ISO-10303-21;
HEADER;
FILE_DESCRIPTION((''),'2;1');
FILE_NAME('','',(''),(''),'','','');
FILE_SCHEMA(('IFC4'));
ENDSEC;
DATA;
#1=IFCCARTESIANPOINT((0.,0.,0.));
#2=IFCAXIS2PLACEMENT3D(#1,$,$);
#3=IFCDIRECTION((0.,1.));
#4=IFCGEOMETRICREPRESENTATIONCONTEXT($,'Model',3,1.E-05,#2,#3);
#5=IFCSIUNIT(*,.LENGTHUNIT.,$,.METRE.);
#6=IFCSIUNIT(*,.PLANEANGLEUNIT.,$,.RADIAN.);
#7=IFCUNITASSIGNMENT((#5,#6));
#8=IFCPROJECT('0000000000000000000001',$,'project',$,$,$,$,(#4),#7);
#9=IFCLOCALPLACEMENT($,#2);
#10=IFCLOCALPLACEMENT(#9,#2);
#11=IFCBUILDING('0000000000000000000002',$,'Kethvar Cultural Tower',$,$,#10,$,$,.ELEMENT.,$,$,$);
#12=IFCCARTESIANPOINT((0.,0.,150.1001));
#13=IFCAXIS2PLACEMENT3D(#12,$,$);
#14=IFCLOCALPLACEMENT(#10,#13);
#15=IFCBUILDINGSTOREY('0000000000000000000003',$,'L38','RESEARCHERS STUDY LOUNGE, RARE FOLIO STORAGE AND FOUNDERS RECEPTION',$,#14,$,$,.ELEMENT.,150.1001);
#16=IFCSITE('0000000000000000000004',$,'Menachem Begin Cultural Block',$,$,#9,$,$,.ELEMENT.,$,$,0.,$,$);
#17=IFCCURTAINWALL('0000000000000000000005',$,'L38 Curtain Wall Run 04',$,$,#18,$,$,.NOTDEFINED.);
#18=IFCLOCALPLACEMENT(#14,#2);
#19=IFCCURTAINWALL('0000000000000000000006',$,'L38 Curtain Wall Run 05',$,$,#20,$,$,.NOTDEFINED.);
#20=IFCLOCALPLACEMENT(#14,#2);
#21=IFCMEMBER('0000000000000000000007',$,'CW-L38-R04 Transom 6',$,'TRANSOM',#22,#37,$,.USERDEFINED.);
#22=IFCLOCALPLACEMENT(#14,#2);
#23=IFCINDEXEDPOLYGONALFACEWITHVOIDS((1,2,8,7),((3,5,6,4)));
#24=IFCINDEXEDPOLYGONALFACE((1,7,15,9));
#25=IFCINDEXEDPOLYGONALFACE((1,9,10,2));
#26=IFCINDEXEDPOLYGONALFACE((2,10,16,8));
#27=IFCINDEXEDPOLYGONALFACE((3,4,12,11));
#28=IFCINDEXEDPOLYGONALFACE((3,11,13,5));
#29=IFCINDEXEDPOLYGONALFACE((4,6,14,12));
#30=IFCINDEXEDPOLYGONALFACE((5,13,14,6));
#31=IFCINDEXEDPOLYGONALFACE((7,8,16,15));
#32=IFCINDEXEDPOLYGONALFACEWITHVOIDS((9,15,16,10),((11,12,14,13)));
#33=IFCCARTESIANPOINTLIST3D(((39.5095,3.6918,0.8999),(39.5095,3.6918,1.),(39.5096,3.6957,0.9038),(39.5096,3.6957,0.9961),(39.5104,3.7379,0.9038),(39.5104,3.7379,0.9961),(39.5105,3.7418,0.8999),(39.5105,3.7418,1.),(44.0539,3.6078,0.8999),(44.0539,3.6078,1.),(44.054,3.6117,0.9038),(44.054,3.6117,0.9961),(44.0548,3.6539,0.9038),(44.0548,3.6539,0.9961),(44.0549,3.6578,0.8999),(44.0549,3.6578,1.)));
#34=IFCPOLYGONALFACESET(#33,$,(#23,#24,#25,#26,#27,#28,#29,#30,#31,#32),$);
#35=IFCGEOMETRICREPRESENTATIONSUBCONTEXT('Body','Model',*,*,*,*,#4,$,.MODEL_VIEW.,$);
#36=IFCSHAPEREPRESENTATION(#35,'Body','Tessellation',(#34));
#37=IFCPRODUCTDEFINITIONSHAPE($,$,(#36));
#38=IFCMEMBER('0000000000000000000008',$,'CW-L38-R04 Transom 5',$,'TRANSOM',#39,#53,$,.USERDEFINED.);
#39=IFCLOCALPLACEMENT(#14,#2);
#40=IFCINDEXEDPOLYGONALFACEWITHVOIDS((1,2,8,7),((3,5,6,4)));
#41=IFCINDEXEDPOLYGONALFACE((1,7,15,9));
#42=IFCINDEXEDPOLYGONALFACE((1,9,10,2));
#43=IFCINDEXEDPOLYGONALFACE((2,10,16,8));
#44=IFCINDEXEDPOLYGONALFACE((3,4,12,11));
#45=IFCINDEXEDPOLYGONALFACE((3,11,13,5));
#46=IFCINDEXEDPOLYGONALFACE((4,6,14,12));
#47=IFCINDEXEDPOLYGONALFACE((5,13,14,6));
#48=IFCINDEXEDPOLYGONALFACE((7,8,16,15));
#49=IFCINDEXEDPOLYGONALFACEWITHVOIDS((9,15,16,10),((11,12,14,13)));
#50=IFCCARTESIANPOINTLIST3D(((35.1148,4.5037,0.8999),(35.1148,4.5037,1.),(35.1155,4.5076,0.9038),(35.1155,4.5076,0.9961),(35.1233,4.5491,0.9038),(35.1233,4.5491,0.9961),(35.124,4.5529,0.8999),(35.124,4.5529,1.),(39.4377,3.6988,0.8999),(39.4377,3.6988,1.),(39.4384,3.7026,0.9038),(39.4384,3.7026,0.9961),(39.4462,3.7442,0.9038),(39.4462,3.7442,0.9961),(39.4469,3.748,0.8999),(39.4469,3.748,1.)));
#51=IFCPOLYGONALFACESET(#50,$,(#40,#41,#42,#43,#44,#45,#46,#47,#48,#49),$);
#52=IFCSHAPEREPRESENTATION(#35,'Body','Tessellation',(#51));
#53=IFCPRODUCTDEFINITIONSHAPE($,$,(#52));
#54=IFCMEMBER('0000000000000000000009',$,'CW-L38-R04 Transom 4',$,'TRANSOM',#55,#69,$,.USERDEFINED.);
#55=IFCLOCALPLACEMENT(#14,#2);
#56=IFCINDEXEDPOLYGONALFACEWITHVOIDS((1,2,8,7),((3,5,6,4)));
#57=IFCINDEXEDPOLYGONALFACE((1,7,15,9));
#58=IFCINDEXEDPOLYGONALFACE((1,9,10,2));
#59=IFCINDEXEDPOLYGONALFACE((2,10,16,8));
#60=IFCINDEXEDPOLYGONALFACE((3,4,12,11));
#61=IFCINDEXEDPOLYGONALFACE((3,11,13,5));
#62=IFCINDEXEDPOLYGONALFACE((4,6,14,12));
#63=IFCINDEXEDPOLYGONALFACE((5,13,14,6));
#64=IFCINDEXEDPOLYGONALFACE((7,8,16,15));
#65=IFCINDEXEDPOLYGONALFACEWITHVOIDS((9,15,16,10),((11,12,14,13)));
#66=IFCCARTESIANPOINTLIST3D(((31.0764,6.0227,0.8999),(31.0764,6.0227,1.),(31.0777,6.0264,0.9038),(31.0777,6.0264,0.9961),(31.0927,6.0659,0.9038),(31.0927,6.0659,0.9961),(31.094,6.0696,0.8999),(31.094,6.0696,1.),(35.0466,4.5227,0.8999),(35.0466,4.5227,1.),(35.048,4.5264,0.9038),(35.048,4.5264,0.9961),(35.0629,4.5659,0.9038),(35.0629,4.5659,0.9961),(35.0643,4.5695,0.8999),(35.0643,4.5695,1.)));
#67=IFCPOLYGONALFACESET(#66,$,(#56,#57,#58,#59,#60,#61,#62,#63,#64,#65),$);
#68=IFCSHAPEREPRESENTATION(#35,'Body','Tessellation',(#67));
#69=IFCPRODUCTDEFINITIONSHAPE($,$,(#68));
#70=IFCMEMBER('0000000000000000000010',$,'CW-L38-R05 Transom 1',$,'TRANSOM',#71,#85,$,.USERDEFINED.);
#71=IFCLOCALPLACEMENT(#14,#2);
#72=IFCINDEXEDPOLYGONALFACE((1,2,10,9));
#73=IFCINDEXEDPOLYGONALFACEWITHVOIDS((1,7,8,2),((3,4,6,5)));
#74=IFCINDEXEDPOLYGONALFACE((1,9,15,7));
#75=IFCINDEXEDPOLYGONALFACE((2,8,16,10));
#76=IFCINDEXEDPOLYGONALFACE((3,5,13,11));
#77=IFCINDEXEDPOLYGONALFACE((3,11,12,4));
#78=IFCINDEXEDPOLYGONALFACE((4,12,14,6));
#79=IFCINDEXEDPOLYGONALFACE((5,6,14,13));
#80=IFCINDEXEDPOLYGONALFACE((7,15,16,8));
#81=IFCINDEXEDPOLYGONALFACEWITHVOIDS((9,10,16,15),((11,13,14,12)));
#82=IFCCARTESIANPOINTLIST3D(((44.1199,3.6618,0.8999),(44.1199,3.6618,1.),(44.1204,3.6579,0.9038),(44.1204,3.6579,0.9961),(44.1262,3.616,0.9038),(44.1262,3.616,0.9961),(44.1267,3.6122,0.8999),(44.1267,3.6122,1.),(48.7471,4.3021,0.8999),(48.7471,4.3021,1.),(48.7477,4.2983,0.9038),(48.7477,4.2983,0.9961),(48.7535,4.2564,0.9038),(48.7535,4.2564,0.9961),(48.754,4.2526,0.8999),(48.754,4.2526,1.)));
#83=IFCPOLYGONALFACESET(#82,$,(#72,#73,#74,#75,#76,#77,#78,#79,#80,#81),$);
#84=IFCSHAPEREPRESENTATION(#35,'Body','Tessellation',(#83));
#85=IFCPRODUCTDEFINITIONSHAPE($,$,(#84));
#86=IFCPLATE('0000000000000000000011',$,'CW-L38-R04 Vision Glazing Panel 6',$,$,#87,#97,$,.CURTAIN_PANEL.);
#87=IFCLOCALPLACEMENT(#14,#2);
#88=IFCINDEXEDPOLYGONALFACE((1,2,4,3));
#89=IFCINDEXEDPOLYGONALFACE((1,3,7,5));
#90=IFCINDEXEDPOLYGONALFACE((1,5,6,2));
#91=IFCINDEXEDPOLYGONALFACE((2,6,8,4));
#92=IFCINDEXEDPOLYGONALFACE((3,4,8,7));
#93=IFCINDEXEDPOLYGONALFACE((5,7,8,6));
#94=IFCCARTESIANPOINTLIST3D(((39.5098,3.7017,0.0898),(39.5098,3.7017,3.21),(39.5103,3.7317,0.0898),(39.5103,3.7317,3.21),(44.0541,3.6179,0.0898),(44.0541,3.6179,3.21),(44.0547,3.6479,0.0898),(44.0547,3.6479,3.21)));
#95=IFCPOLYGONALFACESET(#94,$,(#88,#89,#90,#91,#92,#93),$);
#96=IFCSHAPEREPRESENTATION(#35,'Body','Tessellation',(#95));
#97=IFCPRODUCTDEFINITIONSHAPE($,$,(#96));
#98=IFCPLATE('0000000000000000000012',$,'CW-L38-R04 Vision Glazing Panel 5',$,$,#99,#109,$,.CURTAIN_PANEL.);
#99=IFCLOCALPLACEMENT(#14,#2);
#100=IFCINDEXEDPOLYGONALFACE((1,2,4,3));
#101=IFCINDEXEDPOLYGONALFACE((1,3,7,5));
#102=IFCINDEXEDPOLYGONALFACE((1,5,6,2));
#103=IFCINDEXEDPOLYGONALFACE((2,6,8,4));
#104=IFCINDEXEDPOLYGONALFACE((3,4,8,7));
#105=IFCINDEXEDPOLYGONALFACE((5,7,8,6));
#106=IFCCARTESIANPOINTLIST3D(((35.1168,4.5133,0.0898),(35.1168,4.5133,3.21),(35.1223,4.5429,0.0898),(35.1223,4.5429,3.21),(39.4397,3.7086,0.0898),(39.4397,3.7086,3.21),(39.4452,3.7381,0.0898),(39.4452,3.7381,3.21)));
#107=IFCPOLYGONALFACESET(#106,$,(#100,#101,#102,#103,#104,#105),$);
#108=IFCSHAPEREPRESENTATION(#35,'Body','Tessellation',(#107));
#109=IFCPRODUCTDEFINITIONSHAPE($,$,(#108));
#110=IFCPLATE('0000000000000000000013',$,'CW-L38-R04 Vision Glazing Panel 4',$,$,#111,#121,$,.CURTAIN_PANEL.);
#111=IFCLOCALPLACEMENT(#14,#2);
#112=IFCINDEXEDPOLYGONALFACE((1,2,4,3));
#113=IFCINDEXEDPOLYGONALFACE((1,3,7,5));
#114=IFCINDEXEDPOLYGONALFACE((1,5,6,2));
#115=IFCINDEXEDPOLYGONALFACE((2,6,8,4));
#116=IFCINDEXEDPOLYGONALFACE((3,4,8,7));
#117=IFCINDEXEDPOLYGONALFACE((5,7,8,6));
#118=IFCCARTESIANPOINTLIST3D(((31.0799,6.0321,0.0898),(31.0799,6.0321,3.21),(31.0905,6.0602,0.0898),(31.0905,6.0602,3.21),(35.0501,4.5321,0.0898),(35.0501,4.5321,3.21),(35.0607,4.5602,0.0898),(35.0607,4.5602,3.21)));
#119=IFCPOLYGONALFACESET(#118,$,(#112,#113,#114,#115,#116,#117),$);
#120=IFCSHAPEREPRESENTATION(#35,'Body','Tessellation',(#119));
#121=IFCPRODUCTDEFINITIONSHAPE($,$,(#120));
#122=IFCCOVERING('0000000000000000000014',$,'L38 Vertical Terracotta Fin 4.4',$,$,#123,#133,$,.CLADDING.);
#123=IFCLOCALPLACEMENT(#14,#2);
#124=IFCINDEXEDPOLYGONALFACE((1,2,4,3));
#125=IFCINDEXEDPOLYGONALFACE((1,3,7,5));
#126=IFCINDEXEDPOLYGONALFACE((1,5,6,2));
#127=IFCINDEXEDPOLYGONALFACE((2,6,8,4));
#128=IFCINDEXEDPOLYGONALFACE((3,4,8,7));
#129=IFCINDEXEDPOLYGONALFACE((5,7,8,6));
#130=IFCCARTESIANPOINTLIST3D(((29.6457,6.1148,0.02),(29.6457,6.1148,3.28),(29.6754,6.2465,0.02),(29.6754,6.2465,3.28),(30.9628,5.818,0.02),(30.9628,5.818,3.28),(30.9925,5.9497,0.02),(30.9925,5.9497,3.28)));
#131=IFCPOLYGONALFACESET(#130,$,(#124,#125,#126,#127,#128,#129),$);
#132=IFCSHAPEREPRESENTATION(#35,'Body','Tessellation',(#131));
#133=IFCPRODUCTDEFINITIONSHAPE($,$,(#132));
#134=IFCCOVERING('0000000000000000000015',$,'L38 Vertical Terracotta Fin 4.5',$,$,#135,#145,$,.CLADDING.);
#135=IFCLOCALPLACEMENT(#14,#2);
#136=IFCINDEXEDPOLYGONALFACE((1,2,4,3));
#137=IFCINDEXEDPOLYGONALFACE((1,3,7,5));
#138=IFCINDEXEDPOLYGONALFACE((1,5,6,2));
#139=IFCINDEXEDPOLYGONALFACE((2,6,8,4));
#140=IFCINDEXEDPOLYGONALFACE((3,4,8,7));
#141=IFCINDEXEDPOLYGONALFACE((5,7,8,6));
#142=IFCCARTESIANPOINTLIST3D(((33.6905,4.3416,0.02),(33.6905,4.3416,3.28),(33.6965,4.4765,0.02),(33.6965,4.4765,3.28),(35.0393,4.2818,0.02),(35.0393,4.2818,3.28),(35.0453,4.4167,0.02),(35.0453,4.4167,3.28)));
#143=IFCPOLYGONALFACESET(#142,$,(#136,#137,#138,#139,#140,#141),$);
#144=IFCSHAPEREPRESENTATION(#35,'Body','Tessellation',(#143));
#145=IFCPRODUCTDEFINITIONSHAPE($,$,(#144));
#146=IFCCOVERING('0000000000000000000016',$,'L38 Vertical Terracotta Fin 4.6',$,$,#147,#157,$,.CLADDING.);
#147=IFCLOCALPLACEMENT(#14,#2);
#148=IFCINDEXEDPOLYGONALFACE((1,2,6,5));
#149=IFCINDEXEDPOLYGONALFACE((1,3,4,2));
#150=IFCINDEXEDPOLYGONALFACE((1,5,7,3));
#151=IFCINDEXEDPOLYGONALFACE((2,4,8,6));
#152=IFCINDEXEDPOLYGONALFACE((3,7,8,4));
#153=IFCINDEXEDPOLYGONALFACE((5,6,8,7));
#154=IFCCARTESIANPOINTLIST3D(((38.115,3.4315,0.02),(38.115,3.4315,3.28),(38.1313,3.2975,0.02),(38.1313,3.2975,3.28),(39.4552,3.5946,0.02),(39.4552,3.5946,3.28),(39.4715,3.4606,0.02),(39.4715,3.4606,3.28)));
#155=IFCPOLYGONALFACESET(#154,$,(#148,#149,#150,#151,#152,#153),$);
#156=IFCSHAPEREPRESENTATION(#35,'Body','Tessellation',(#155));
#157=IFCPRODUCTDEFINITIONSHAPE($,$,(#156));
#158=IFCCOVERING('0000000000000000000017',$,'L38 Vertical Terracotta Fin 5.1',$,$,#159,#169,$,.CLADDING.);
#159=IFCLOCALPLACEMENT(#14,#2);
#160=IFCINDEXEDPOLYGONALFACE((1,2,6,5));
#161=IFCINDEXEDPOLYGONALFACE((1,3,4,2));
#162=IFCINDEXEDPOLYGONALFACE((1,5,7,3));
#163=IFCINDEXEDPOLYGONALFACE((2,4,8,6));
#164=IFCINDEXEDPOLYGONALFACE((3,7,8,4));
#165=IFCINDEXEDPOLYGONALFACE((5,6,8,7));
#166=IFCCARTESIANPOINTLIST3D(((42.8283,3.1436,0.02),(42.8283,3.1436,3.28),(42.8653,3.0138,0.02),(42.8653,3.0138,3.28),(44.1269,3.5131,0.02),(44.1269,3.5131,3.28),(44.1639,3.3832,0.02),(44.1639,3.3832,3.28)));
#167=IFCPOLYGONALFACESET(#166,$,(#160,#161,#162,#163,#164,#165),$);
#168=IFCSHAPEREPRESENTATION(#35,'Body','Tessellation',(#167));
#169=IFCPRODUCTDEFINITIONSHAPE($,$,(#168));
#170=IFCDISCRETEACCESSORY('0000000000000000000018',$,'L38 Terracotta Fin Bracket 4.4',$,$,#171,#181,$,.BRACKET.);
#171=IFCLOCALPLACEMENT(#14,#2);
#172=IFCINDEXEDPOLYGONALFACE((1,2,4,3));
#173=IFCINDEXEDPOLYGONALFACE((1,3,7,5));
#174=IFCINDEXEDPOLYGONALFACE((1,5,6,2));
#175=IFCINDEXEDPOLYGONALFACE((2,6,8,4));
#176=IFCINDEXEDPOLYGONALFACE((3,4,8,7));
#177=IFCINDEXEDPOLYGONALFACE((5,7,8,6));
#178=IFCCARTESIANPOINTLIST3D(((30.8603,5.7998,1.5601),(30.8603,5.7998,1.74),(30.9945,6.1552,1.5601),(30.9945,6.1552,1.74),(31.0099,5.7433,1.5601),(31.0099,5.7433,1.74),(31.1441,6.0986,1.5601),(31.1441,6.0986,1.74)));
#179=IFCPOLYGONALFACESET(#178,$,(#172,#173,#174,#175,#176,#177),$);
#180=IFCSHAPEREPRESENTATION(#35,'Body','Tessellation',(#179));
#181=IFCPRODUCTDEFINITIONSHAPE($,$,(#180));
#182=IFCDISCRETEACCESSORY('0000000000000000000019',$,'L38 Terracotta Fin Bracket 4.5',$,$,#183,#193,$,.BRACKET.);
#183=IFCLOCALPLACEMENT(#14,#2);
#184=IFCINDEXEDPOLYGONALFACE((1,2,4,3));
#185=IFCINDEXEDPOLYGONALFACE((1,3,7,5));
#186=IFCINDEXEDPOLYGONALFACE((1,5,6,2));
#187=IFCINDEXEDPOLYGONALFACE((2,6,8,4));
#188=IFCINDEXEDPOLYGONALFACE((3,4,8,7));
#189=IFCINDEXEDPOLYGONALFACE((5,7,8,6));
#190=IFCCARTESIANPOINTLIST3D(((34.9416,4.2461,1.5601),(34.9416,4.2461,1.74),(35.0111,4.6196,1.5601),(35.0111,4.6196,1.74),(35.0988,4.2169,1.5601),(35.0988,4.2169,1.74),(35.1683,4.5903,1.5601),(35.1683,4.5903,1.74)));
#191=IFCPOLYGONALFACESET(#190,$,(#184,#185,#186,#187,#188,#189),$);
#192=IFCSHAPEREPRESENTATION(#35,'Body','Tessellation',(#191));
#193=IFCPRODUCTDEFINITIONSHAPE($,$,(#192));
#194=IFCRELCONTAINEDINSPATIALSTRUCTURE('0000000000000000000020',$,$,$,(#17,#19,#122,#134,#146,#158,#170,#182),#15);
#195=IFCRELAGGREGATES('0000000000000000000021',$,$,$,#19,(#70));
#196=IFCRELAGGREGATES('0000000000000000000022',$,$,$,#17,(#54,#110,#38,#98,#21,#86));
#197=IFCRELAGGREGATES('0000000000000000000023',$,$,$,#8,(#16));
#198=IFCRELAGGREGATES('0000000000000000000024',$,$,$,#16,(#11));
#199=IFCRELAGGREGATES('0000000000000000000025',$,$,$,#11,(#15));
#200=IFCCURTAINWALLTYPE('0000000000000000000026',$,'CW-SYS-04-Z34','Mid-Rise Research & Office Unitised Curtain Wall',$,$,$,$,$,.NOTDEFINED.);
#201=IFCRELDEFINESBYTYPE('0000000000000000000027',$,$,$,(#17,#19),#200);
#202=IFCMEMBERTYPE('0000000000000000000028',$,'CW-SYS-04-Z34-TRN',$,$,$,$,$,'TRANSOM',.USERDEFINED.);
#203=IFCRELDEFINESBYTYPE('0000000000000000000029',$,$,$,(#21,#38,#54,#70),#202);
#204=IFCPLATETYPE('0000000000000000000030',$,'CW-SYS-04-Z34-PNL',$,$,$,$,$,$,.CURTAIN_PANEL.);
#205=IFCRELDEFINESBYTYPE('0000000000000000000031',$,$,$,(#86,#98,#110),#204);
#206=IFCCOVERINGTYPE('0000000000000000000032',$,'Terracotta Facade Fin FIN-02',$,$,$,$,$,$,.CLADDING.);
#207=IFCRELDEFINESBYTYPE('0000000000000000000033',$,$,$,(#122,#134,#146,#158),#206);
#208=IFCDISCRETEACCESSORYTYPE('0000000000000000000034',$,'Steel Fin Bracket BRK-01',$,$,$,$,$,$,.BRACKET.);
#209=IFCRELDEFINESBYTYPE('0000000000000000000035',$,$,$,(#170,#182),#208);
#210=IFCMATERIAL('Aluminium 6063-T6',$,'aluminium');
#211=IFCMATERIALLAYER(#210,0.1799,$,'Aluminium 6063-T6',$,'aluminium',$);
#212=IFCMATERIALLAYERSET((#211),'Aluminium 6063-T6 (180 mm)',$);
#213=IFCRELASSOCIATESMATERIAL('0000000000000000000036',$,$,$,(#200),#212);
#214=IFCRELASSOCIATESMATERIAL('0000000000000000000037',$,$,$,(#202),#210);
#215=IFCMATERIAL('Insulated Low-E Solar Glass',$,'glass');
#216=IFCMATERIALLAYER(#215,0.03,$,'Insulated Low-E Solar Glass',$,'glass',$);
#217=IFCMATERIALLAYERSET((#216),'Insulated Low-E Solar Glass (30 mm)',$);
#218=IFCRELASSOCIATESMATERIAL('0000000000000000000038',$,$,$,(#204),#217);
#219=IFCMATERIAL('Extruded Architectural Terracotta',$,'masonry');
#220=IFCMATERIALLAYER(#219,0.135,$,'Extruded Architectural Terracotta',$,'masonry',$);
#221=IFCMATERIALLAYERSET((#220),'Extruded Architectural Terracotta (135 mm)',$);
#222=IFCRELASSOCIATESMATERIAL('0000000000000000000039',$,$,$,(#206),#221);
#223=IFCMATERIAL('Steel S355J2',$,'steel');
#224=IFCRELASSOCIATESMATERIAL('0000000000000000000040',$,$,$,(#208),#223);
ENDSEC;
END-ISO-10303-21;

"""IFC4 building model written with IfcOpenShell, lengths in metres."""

from ifc_helpers import new_model, si_unit, direction, frame, origin, origin_2d, place, context, subcontext, project, spatial, rectangle, hollow_rectangle, extrude, source, transform, mapped, material, layer, layer_set, material_profile, profile_set, type_object, element, aggregate, save


model = new_model("IFC4")

# Units and contexts
model_context = context("Model", 3, precision=1e-05, world=origin(), true_north=direction((0.0, 1.0)))
body_context = subcontext(model_context, "Body", "Model", "MODEL_VIEW")
ifc_project = project(units=[si_unit("LENGTHUNIT", "METRE"), si_unit("PLANEANGLEUNIT", "RADIAN")], contexts=[model_context])

# Site, building, storey
site_placement = place(None, origin())
site = spatial("IfcSite", under=ifc_project, at=site_placement, Name="Menachem Begin Cultural Block", CompositionType="ELEMENT", RefElevation=0.0)
building_placement = place(site_placement, origin())
building = spatial("IfcBuilding", under=site, at=building_placement, Name="Kethvar Cultural Tower", CompositionType="ELEMENT")
storey_placement = place(building_placement, frame((0.0, 0.0, 150.1001)))
storey = spatial("IfcBuildingStorey", under=building, at=storey_placement, Name="L38", Description="RESEARCHERS STUDY LOUNGE, RARE FOLIO STORAGE AND FOUNDERS RECEPTION", CompositionType="ELEMENT", Elevation=150.1001)

# Shared definitions
ifc_material_1 = material(Name="Steel S355J2", Category="steel")

# Curtain wall
ifc_material_2 = material(Name="Aluminium 6063-T6", Category="aluminium")
ifc_layer_1 = layer(ifc_material_2, 0.1799, Name="Aluminium 6063-T6", Category="aluminium")
ifc_layer_set_1 = layer_set([ifc_layer_1], Name="Aluminium 6063-T6 (180 mm)")
curtain_wall_type = type_object("IfcCurtainWallType", Name="CW-SYS-04-Z34", Description="Mid-Rise Research & Office Unitised Curtain Wall", PredefinedType="NOTDEFINED", material=ifc_layer_set_1)
curtain_wall_1_placement = place(storey_placement, origin())
curtain_wall_1 = element("IfcCurtainWall", 1, at=curtain_wall_1_placement, inside=storey, type_object=curtain_wall_type, Name="L38 Curtain Wall Run 04", PredefinedType="NOTDEFINED")

# Curtain wall
curtain_wall_2_placement = place(storey_placement, origin())
curtain_wall_2 = element("IfcCurtainWall", 2, at=curtain_wall_2_placement, inside=storey, type_object=curtain_wall_type, Name="L38 Curtain Wall Run 05", PredefinedType="NOTDEFINED")

# Members
ifc_material_profile_1 = material_profile(ifc_material_2, hollow_rectangle(XDim=0.05, YDim=0.1001, WallThickness=0.0039, at=origin_2d()), Name="Aluminium 6063-T6 — RHS100x50x4")
ifc_profile_set_1 = profile_set([ifc_material_profile_1], Name="Aluminium 6063-T6 — RHS100x50x4")
member_type_1 = type_object("IfcMemberType", Name="CW-SYS-04-Z34-TRN", ElementType="TRANSOM", PredefinedType="USERDEFINED", material=ifc_profile_set_1)
shared_shape_1 = source(origin(), body_context, "Body", "SweptSolid", [
    extrude(hollow_rectangle(XDim=0.05, YDim=0.1001, WallThickness=0.0039, at=origin_2d()), origin(), (0.0, 0.0, 1.0), 4.5452),
])
member_1_placement = place(storey_placement, frame((39.51, 3.7168, 0.95), z_axis=(0.999829, -0.018478, 0.0), x_axis=(0.018478, 0.999829, 0.0)))
member_1 = element("IfcMember", 3, at=member_1_placement, type_object=member_type_1, Name="CW-L38-R04 Transom 6", ObjectType="TRANSOM", PredefinedType="USERDEFINED", context=body_context, shape_type="MappedRepresentation", body=[
    mapped(shared_shape_1, transform((0.0, 0.0, 0.0), scale=1.0)),
])
shared_shape_2 = source(origin(), body_context, "Body", "SweptSolid", [
    extrude(hollow_rectangle(XDim=0.05, YDim=0.1001, WallThickness=0.0039, at=origin_2d()), origin(), (0.0, 0.0, 1.0), 4.3972),
])
member_2_placement = place(storey_placement, frame((35.1194, 4.5283, 0.95), z_axis=(0.983103, -0.183051, 0.0), x_axis=(0.183051, 0.983103, 0.0)))
member_2 = element("IfcMember", 4, at=member_2_placement, type_object=member_type_1, Name="CW-L38-R04 Transom 5", ObjectType="TRANSOM", PredefinedType="USERDEFINED", context=body_context, shape_type="MappedRepresentation", body=[
    mapped(shared_shape_2, transform((0.0, 0.0, 0.0), scale=1.0)),
])
shared_shape_3 = source(origin(), body_context, "Body", "SweptSolid", [
    extrude(hollow_rectangle(XDim=0.05, YDim=0.1001, WallThickness=0.0039, at=origin_2d()), origin(), (0.0, 0.0, 1.0), 4.2441),
])
member_3_placement = place(storey_placement, frame((31.0852, 6.0461, 0.95), z_axis=(0.935461, -0.35343, 0.0), x_axis=(0.35343, 0.935461, 0.0)))
member_3 = element("IfcMember", 5, at=member_3_placement, type_object=member_type_1, Name="CW-L38-R04 Transom 4", ObjectType="TRANSOM", PredefinedType="USERDEFINED", context=body_context, shape_type="MappedRepresentation", body=[
    mapped(shared_shape_3, transform((0.0, 0.0, 0.0), scale=1.0)),
])
shared_shape_4 = source(origin(), body_context, "Body", "SweptSolid", [
    extrude(hollow_rectangle(XDim=0.05, YDim=0.1001, WallThickness=0.0039, at=origin_2d()), origin(), (0.0, 0.0, 1.0), 4.6714),
])
member_4_placement = place(storey_placement, frame((44.1233, 3.637, 0.95), z_axis=(0.990559, 0.137088, 0.0), x_axis=(-0.137088, 0.990559, 0.0)))
member_4 = element("IfcMember", 6, at=member_4_placement, type_object=member_type_1, Name="CW-L38-R05 Transom 1", ObjectType="TRANSOM", PredefinedType="USERDEFINED", context=body_context, shape_type="MappedRepresentation", body=[
    mapped(shared_shape_4, transform((0.0, 0.0, 0.0), scale=1.0)),
])
aggregate(curtain_wall_2, [member_4])

# Plates
ifc_material_3 = material(Name="Insulated Low-E Solar Glass", Category="glass")
ifc_layer_2 = layer(ifc_material_3, 0.03, Name="Insulated Low-E Solar Glass", Category="glass")
ifc_layer_set_2 = layer_set([ifc_layer_2], Name="Insulated Low-E Solar Glass (30 mm)")
plate_type = type_object("IfcPlateType", Name="CW-SYS-04-Z34-PNL", PredefinedType="CURTAIN_PANEL", material=ifc_layer_set_2)
shared_shape_5 = source(origin(), body_context, "Body", "SweptSolid", [
    extrude(rectangle(XDim=4.5452, YDim=0.03, at=origin_2d()), origin(), (0.0, 0.0, 1.0), 3.1201),
])
plate_1_placement = place(storey_placement, frame((41.7822, 3.6748, 0.0898), z_axis=(0.0, 0.0, 1.0), x_axis=(0.99983, -0.018447, 0.0)))
plate_1 = element("IfcPlate", 7, at=plate_1_placement, type_object=plate_type, Name="CW-L38-R04 Vision Glazing Panel 6", PredefinedType="CURTAIN_PANEL", context=body_context, shape_type="MappedRepresentation", body=[
    mapped(shared_shape_5, transform((0.0, 0.0, 0.0), scale=1.0)),
])
shared_shape_6 = source(origin(), body_context, "Body", "SweptSolid", [
    extrude(rectangle(XDim=4.3972, YDim=0.03, at=origin_2d()), origin(), (0.0, 0.0, 1.0), 3.1201),
])
plate_2_placement = place(storey_placement, frame((37.281, 4.1257, 0.0898), z_axis=(0.0, 0.0, 1.0), x_axis=(0.983111, -0.183008, 0.0)))
plate_2 = element("IfcPlate", 8, at=plate_2_placement, type_object=plate_type, Name="CW-L38-R04 Vision Glazing Panel 5", PredefinedType="CURTAIN_PANEL", context=body_context, shape_type="MappedRepresentation", body=[
    mapped(shared_shape_6, transform((0.0, 0.0, 0.0), scale=1.0)),
])
shared_shape_7 = source(origin(), body_context, "Body", "SweptSolid", [
    extrude(rectangle(XDim=4.2441, YDim=0.03, at=origin_2d()), origin(), (0.0, 0.0, 1.0), 3.1201),
])
plate_3_placement = place(storey_placement, frame((33.0703, 5.2961, 0.0898), z_axis=(0.0, 0.0, 1.0), x_axis=(0.935456, -0.353442, 0.0)))
plate_3 = element("IfcPlate", 9, at=plate_3_placement, type_object=plate_type, Name="CW-L38-R04 Vision Glazing Panel 4", PredefinedType="CURTAIN_PANEL", context=body_context, shape_type="MappedRepresentation", body=[
    mapped(shared_shape_7, transform((0.0, 0.0, 0.0), scale=1.0)),
])
aggregate(curtain_wall_1, [member_3, plate_3, member_2, plate_2, member_1, plate_1])

# Coverings
ifc_material_4 = material(Name="Extruded Architectural Terracotta", Category="masonry")
ifc_layer_3 = layer(ifc_material_4, 0.135, Name="Extruded Architectural Terracotta", Category="masonry")
ifc_layer_set_3 = layer_set([ifc_layer_3], Name="Extruded Architectural Terracotta (135 mm)")
covering_type = type_object("IfcCoveringType", Name="Terracotta Facade Fin FIN-02", PredefinedType="CLADDING", material=ifc_layer_set_3)
shared_shape_8 = source(origin(), body_context, "Body", "SweptSolid", [
    extrude(rectangle(XDim=1.3501, YDim=0.135, at=origin_2d()), origin(), (0.0, 0.0, 1.0), 3.26),
])
for number, where, z_axis, x_axis, name in (
    (10, (30.3191, 6.0322, 0.02), (0.0, 0.0, 1.0), (-0.975535, 0.219846, 0.0), "L38 Vertical Terracotta Fin 4.4"),
    (11, (34.3679, 4.3792, 0.02), (0.0, 0.0, 1.0), (-0.999018, 0.044317, 0.0), "L38 Vertical Terracotta Fin 4.5"),
    (12, (38.7932, 3.446, 0.02), (0.0, 0.0, 1.0), (-0.992673, -0.12083, 0.0), "L38 Vertical Terracotta Fin 4.6"),
    (13, (43.4961, 3.2634, 0.02), (0.0, 0.0, 1.0), (-0.961837, -0.273623, 0.0), "L38 Vertical Terracotta Fin 5.1"),
):
    element("IfcCovering", number, at=place(storey_placement, frame(where, z_axis=z_axis, x_axis=x_axis)), inside=storey, type_object=covering_type, Name=name, PredefinedType="CLADDING", context=body_context, shape_type="MappedRepresentation", body=[
        mapped(shared_shape_8, transform((0.0, 0.0, 0.0), scale=1.0)),
    ])

# Discrete accessories
discrete_accessory_type = type_object("IfcDiscreteAccessoryType", Name="Steel Fin Bracket BRK-01", PredefinedType="BRACKET", material=ifc_material_1)
shared_shape_9 = source(origin(), body_context, "Body", "SweptSolid", [
    extrude(rectangle(XDim=0.3799, YDim=0.1599, at=origin_2d()), origin(), (0.0, 0.0, 1.0), 0.1799),
])
for number, where, z_axis, x_axis, name in (
    (14, (31.0022, 5.9492, 1.5601), (0.0, 0.0, 1.0), (-0.353475, -0.935444, 0.0), "L38 Terracotta Fin Bracket 4.4"),
    (15, (35.0549, 4.4182, 1.5601), (0.0, 0.0, 1.0), (-0.182922, -0.983127, 0.0), "L38 Terracotta Fin Bracket 4.5"),
):
    element("IfcDiscreteAccessory", number, at=place(storey_placement, frame(where, z_axis=z_axis, x_axis=x_axis)), inside=storey, type_object=discrete_accessory_type, Name=name, PredefinedType="BRACKET", context=body_context, shape_type="MappedRepresentation", body=[
        mapped(shared_shape_9, transform((0.0, 0.0, 0.0), scale=1.0)),
    ])

save(model, "model.ifc")
